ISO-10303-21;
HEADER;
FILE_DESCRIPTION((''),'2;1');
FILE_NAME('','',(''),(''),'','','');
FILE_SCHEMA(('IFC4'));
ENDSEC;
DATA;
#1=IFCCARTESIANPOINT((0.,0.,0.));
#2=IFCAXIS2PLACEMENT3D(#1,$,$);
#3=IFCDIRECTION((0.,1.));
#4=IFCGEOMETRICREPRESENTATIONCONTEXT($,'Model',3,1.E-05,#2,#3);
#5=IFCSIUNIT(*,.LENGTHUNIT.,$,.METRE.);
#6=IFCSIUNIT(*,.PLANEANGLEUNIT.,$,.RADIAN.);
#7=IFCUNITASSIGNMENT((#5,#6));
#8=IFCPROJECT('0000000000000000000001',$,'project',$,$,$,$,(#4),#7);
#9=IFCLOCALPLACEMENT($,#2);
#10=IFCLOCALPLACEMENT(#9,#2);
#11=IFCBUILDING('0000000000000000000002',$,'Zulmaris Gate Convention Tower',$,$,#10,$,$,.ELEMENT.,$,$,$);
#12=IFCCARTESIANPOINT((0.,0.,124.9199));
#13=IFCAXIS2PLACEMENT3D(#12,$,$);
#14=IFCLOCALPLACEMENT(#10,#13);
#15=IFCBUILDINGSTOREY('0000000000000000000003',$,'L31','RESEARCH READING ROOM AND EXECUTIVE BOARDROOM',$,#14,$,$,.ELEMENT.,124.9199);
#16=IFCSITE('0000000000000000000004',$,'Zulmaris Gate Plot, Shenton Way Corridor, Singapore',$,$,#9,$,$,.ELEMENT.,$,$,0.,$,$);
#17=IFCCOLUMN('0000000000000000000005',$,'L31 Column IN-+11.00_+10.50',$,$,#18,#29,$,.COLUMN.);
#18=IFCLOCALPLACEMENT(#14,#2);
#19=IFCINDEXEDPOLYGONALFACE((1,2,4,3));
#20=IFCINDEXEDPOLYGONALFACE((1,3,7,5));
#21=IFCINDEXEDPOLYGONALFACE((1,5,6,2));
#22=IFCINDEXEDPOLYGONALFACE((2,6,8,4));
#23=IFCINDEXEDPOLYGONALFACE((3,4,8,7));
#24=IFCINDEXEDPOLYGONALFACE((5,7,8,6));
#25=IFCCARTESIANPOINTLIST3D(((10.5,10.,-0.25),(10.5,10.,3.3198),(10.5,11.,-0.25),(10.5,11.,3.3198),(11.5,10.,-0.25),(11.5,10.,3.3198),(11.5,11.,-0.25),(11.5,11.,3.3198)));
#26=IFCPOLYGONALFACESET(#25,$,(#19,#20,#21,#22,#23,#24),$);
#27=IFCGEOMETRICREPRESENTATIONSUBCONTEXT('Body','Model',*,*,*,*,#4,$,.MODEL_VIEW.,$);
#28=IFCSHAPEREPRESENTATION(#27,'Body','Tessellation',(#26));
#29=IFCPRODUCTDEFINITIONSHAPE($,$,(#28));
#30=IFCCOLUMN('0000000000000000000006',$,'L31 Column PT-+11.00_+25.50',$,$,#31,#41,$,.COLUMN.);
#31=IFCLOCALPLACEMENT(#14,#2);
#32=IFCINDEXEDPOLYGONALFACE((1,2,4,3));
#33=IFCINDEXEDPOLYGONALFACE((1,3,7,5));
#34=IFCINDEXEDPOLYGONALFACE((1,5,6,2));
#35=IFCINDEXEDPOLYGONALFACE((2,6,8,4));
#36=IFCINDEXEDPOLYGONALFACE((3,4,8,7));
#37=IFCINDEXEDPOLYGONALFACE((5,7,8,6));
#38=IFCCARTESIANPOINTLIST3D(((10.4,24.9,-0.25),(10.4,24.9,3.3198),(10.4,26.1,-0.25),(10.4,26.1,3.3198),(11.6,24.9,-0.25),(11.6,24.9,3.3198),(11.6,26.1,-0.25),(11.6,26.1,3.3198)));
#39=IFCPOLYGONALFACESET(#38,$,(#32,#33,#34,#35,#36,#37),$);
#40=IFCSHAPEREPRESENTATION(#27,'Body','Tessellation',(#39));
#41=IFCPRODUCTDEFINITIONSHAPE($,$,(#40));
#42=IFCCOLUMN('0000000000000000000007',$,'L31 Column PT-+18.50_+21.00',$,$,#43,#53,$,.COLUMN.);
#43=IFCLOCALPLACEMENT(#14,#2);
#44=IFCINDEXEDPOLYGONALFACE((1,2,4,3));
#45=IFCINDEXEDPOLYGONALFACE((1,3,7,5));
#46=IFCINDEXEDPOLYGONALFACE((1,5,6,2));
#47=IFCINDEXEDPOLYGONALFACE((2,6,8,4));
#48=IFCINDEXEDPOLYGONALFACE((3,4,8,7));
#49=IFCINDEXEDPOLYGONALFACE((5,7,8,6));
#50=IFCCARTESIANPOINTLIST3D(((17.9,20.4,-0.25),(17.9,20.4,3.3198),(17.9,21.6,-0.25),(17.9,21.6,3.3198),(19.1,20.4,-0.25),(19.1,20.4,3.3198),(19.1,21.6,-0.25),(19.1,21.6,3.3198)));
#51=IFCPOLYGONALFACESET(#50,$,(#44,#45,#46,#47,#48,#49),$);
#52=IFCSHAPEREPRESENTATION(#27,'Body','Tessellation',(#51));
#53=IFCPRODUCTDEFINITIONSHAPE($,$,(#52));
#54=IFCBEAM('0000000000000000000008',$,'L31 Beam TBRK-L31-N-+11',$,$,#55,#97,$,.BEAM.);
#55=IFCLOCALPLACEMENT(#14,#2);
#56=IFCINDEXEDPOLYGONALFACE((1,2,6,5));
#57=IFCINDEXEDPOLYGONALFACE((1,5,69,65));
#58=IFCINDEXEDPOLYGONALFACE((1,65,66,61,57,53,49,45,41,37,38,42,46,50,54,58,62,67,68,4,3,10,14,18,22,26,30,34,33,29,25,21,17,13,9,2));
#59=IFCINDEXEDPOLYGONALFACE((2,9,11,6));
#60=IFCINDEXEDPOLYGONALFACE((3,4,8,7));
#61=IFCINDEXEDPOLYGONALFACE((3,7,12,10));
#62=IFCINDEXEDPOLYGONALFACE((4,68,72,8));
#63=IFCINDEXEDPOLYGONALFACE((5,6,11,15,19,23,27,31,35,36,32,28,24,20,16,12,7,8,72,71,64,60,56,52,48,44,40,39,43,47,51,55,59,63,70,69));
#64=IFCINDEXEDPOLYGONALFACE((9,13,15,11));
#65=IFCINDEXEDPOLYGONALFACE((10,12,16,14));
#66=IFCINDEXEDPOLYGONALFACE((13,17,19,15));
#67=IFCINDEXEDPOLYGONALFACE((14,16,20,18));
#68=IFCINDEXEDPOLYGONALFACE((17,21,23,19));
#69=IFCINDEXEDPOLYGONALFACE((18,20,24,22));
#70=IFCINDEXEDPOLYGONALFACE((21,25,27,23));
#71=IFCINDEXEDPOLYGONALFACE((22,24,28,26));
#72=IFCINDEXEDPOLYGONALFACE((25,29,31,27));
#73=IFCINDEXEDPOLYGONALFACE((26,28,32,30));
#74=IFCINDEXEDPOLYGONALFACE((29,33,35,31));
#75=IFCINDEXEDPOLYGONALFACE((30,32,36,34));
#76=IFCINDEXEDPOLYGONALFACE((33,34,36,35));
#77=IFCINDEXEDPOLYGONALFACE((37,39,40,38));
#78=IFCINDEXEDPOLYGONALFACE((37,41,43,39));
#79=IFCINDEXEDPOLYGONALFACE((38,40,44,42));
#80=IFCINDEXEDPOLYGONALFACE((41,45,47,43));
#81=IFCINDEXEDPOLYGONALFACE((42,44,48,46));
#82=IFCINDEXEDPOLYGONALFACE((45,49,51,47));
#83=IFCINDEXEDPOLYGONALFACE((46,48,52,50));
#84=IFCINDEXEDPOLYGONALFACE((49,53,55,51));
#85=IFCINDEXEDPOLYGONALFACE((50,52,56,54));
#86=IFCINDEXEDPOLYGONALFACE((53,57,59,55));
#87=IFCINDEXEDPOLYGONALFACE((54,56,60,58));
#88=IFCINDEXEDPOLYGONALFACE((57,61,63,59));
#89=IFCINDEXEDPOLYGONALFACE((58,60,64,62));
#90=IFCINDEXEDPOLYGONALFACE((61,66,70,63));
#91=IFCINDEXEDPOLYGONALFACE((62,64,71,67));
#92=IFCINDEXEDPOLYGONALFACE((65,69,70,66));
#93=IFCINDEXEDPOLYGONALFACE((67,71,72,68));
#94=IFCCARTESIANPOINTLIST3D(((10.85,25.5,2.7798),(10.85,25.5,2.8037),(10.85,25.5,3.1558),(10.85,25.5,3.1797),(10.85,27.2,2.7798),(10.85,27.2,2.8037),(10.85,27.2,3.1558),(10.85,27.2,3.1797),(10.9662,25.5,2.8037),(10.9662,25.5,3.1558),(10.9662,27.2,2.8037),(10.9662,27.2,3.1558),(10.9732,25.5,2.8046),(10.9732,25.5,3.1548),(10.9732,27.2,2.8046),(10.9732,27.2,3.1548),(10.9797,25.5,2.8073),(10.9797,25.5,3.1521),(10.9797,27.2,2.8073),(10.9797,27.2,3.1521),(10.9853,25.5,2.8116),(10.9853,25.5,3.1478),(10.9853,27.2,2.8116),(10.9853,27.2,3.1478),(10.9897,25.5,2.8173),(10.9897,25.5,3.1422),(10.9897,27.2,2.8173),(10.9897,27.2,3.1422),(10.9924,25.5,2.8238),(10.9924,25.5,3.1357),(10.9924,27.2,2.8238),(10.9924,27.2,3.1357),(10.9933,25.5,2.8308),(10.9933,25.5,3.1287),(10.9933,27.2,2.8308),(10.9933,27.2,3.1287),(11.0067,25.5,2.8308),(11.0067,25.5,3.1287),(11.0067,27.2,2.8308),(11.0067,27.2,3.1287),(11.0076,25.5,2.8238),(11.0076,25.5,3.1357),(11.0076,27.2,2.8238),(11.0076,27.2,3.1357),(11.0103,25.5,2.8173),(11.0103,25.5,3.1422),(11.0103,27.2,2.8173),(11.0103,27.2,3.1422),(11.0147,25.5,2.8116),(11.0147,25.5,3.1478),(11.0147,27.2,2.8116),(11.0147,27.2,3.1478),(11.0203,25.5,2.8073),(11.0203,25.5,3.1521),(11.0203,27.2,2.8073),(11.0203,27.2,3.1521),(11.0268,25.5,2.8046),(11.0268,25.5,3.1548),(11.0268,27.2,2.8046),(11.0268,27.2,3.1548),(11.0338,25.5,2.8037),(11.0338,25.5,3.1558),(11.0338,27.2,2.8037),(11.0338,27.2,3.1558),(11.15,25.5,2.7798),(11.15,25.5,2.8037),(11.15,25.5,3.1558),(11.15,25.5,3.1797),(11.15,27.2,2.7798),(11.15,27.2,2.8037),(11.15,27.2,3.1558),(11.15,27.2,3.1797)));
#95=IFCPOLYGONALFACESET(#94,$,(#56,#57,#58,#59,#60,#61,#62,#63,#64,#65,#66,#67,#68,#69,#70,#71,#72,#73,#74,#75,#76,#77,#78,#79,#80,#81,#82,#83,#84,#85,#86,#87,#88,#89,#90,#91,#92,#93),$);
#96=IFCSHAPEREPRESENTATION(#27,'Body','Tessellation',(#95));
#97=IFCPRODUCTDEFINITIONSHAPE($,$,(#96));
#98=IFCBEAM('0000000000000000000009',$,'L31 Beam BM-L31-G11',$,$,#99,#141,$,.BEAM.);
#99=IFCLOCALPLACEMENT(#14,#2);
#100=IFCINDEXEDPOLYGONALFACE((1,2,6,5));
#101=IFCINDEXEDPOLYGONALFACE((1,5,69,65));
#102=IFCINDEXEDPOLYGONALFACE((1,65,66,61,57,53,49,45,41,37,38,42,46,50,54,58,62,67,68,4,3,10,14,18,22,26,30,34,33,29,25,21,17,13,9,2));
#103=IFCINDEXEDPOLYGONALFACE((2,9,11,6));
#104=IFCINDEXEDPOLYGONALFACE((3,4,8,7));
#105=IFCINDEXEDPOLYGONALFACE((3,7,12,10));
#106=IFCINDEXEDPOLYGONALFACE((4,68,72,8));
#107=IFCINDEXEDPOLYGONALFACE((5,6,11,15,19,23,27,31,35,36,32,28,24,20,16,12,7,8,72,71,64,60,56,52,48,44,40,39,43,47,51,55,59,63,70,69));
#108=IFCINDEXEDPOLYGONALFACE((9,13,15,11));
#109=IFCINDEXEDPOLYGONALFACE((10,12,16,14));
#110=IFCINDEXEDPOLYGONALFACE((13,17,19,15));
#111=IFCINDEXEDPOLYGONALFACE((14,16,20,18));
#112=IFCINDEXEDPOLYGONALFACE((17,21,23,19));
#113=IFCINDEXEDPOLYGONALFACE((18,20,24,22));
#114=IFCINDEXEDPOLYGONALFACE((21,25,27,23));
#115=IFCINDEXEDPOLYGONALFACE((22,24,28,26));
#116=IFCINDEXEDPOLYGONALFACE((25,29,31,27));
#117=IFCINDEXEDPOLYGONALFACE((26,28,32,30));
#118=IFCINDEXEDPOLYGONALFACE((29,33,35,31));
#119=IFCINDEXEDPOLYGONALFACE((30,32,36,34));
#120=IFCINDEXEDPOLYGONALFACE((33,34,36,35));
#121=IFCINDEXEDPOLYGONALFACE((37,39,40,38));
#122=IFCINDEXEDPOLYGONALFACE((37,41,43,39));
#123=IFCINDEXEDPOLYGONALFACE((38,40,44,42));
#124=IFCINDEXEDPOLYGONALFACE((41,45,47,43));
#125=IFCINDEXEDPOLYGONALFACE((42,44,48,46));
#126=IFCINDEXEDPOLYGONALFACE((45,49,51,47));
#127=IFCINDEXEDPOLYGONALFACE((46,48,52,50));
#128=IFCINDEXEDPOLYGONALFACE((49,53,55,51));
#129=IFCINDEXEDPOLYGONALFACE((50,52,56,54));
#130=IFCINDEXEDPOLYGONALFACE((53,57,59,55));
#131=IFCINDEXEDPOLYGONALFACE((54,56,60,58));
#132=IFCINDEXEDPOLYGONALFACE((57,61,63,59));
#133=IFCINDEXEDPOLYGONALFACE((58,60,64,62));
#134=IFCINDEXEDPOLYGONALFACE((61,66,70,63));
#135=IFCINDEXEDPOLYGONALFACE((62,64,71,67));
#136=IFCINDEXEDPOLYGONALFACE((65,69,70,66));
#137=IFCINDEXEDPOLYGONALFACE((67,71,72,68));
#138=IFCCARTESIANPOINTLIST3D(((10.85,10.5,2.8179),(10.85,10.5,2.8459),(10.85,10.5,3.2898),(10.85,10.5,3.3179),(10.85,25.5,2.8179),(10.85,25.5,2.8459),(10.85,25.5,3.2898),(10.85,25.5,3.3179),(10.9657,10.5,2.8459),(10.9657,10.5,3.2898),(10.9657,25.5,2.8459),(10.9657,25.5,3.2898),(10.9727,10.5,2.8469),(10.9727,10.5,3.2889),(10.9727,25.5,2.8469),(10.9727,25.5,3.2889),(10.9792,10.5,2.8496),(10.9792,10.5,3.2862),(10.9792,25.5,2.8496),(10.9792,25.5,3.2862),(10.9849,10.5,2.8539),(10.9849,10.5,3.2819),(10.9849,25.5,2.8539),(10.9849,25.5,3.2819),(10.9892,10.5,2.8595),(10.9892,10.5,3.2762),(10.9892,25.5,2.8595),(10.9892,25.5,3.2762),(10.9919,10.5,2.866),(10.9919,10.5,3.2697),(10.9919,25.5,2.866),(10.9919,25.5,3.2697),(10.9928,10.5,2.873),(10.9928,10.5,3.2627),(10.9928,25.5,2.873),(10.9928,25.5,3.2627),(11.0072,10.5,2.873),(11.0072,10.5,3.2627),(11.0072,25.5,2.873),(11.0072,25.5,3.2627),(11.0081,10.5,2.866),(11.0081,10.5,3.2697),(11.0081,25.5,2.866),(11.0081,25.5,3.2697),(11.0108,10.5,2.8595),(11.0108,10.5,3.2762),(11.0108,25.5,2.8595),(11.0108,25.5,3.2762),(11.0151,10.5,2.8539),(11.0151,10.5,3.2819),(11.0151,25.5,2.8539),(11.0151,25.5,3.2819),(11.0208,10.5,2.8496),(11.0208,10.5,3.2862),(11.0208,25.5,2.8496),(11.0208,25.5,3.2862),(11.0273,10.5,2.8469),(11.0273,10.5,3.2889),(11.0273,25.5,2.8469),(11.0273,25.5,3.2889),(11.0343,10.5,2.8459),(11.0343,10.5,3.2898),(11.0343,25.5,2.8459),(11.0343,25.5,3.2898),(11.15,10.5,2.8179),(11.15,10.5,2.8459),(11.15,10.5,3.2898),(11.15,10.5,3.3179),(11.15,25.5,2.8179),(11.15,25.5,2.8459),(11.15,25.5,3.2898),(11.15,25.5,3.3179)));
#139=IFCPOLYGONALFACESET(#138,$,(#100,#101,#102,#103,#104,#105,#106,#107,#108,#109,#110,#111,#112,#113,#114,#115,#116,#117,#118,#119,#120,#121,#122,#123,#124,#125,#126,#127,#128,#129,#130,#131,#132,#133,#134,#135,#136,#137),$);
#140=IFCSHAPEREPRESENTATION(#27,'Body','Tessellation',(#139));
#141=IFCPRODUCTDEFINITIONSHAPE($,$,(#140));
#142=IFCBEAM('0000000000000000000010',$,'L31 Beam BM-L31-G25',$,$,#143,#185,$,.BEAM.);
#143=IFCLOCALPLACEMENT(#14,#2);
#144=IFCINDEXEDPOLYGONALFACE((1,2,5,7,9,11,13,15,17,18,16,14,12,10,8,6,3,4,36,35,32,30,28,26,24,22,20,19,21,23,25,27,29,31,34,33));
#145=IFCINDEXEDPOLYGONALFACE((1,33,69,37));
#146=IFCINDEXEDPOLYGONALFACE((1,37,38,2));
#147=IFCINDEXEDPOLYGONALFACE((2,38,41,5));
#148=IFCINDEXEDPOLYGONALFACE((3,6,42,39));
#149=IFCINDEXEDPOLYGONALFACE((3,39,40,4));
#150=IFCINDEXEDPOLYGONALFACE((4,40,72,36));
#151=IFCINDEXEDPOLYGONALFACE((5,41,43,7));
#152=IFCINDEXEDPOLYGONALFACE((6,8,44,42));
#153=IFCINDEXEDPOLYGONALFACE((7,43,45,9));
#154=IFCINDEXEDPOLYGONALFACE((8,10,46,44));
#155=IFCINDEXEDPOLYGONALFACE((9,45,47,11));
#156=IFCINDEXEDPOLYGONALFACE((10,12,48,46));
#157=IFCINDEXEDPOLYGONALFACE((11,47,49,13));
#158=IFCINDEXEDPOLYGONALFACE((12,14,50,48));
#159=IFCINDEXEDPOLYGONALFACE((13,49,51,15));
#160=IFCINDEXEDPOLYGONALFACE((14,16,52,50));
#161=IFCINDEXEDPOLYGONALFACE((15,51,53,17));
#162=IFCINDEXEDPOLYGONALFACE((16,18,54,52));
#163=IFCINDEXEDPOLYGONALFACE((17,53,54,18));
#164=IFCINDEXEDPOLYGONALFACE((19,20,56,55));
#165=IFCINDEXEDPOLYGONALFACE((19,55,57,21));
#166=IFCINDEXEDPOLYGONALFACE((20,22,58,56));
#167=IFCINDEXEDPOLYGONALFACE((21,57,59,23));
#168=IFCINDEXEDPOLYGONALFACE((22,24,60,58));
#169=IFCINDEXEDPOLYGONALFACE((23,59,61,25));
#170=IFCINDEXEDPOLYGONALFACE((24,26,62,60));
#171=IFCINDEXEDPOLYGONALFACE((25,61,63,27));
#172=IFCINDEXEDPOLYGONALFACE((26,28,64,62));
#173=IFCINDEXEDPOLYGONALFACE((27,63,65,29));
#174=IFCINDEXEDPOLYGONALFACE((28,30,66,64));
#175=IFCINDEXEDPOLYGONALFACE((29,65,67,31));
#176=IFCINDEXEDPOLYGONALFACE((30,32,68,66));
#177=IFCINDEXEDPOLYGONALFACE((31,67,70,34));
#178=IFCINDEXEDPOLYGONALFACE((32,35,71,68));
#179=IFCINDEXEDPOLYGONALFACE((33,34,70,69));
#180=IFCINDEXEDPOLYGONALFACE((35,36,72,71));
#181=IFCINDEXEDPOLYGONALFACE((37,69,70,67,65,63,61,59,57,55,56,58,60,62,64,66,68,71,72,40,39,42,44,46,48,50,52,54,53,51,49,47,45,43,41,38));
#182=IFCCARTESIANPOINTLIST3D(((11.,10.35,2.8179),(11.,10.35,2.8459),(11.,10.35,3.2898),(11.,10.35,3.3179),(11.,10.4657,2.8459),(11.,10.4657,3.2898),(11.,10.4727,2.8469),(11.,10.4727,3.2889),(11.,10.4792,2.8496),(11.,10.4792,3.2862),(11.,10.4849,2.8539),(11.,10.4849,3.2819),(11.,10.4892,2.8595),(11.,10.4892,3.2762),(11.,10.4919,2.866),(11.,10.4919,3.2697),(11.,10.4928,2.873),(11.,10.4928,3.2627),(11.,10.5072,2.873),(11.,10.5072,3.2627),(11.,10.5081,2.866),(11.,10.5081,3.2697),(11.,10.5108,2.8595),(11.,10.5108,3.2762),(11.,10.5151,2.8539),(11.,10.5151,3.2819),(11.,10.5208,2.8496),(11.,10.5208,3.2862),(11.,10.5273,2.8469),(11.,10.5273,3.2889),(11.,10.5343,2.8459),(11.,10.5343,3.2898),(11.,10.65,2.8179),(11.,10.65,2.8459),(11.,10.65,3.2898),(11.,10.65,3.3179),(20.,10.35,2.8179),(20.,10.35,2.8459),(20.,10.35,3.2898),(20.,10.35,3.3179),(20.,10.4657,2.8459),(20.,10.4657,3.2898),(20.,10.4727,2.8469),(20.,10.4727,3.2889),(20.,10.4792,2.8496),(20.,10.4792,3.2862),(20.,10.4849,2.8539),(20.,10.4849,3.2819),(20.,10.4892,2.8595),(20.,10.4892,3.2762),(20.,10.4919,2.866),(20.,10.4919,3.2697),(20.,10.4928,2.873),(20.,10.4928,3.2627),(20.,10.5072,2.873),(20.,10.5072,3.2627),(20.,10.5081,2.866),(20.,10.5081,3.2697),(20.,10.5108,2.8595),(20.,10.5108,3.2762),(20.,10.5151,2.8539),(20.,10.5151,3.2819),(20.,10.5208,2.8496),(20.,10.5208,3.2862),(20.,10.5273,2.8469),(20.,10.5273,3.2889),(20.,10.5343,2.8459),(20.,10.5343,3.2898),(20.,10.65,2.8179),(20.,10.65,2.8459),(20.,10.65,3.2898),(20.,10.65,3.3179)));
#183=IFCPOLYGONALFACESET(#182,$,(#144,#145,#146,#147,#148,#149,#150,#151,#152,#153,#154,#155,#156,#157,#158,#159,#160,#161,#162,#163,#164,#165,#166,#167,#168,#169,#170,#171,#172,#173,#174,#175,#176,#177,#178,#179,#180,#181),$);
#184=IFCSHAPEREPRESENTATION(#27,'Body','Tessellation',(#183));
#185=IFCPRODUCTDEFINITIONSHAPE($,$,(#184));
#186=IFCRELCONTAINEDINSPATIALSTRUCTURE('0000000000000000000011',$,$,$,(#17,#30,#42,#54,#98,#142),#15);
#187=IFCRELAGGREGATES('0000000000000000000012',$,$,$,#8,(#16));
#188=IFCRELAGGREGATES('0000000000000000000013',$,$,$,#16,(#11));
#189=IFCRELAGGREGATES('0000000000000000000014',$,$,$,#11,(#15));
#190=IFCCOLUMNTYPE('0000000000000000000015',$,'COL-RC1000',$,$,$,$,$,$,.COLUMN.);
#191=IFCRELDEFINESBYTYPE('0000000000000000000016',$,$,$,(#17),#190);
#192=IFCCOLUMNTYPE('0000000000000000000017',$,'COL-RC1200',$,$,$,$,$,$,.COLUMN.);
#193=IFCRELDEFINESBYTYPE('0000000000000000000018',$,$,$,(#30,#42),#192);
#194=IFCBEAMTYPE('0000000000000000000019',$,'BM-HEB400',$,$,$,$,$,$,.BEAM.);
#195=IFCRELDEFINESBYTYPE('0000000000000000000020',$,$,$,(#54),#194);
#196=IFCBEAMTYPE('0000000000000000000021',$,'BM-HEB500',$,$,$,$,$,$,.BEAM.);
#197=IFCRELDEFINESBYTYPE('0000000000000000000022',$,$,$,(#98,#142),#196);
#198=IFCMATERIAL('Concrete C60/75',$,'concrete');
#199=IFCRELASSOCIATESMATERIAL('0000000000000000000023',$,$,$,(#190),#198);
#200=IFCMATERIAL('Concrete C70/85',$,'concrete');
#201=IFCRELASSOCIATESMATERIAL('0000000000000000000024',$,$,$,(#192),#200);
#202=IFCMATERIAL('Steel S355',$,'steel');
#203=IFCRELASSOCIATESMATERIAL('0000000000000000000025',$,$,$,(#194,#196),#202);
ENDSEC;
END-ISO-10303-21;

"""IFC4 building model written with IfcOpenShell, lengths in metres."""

from ifc_helpers import new_model, si_unit, direction, frame, origin, origin_2d, place, context, subcontext, project, spatial, rectangle, i_section, extrude, material, material_profile, profile_set, type_object, element, save


model = new_model("IFC4")

# Units and contexts
model_context = context("Model", 3, precision=1e-05, world=origin(), true_north=direction((0.0, 1.0)))
body_context = subcontext(model_context, "Body", "Model", "MODEL_VIEW")
ifc_project = project(units=[si_unit("LENGTHUNIT", "METRE"), si_unit("PLANEANGLEUNIT", "RADIAN")], contexts=[model_context])

# Site, building, storey
site_placement = place(None, origin())
site = spatial("IfcSite", under=ifc_project, at=site_placement, Name="Zulmaris Gate Plot, Shenton Way Corridor, Singapore", CompositionType="ELEMENT", RefElevation=0.0)
building_placement = place(site_placement, origin())
building = spatial("IfcBuilding", under=site, at=building_placement, Name="Zulmaris Gate Convention Tower", CompositionType="ELEMENT")
storey_placement = place(building_placement, frame((0.0, 0.0, 124.9199)))
storey = spatial("IfcBuildingStorey", under=building, at=storey_placement, Name="L31", Description="RESEARCH READING ROOM AND EXECUTIVE BOARDROOM", CompositionType="ELEMENT", Elevation=124.9199)

# Columns
ifc_material_1 = material(Name="Concrete C60/75", Category="concrete")
ifc_material_profile_1 = material_profile(ifc_material_1, rectangle(XDim=1.0, YDim=1.0, at=origin_2d()), Name="RC COL 1000x1000")
ifc_profile_set_1 = profile_set([ifc_material_profile_1], Name="Concrete C60/75")
column_type_1 = type_object("IfcColumnType", Name="COL-RC1000", PredefinedType="COLUMN", material=ifc_profile_set_1)
column_placement = place(storey_placement, frame((11.0, 10.5, -0.25), z_axis=(0.0, 0.0, 1.0), x_axis=(1.0, 0.0, 0.0)))
element("IfcColumn", 1, at=column_placement, inside=storey, type_object=column_type_1, Name="L31 Column IN-+11.00_+10.50", PredefinedType="COLUMN", context=body_context, shape_type="SweptSolid", body=[
    extrude(rectangle(XDim=1.0, YDim=1.0, at=origin_2d()), origin(), (0.0, 0.0, 1.0), 3.5698),
])
ifc_material_2 = material(Name="Concrete C70/85", Category="concrete")
ifc_material_profile_2 = material_profile(ifc_material_2, rectangle(XDim=1.2, YDim=1.2, at=origin_2d()), Name="RC COL 1200x1200")
ifc_profile_set_2 = profile_set([ifc_material_profile_2], Name="Concrete C70/85")
column_type_2 = type_object("IfcColumnType", Name="COL-RC1200", PredefinedType="COLUMN", material=ifc_profile_set_2)
for number, where, z_axis, x_axis, name in (
    (2, (11.0, 25.5, -0.25), (0.0, 0.0, 1.0), (1.0, 0.0, 0.0), "L31 Column PT-+11.00_+25.50"),
    (3, (18.5, 21.0, -0.25), (0.0, 0.0, 1.0), (1.0, 0.0, 0.0), "L31 Column PT-+18.50_+21.00"),
):
    element("IfcColumn", number, at=place(storey_placement, frame(where, z_axis=z_axis, x_axis=x_axis)), inside=storey, type_object=column_type_2, Name=name, PredefinedType="COLUMN", context=body_context, shape_type="SweptSolid", body=[
        extrude(rectangle(XDim=1.2, YDim=1.2, at=origin_2d()), origin(), (0.0, 0.0, 1.0), 3.5698),
    ])

# Beams
ifc_material_3 = material(Name="Steel S355", Category="steel")
ifc_material_profile_3 = material_profile(ifc_material_3, i_section(OverallWidth=0.3, OverallDepth=0.3999, WebThickness=0.0134, FlangeThickness=0.0239, FilletRadius=0.0271, at=origin_2d()), Name="HEB 400")
ifc_profile_set_3 = profile_set([ifc_material_profile_3], Name="Steel S355")
beam_type_1 = type_object("IfcBeamType", Name="BM-HEB400", PredefinedType="BEAM", material=ifc_profile_set_3)
beam_1_placement = place(storey_placement, frame((11.0, 25.5, 2.9797), z_axis=(0.0, 1.0, 0.0), x_axis=(-1.0, 0.0, 0.0)))
element("IfcBeam", 4, at=beam_1_placement, inside=storey, type_object=beam_type_1, Name="L31 Beam TBRK-L31-N-+11", PredefinedType="BEAM", context=body_context, shape_type="SweptSolid", body=[
    extrude(i_section(OverallWidth=0.3, OverallDepth=0.3999, WebThickness=0.0134, FlangeThickness=0.0239, FilletRadius=0.0271, at=origin_2d()), origin(), (0.0, 0.0, 1.0), 1.7),
])
ifc_material_profile_4 = material_profile(ifc_material_3, i_section(OverallWidth=0.3, OverallDepth=0.5, WebThickness=0.0144, FlangeThickness=0.0281, FilletRadius=0.0271, at=origin_2d()), Name="HEB 500")
ifc_profile_set_4 = profile_set([ifc_material_profile_4], Name="Steel S355")
beam_type_2 = type_object("IfcBeamType", Name="BM-HEB500", PredefinedType="BEAM", material=ifc_profile_set_4)
beam_2_placement = place(storey_placement, frame((11.0, 10.5, 3.0679), z_axis=(0.0, 1.0, 0.0), x_axis=(-1.0, 0.0, 0.0)))
element("IfcBeam", 5, at=beam_2_placement, inside=storey, type_object=beam_type_2, Name="L31 Beam BM-L31-G11", PredefinedType="BEAM", context=body_context, shape_type="SweptSolid", body=[
    extrude(i_section(OverallWidth=0.3, OverallDepth=0.5, WebThickness=0.0144, FlangeThickness=0.0281, FilletRadius=0.0271, at=origin_2d()), origin(), (0.0, 0.0, 1.0), 15.0),
])
beam_3_placement = place(storey_placement, frame((11.0, 10.5, 3.0679), z_axis=(1.0, 0.0, 0.0), x_axis=(0.0, 1.0, 0.0)))
element("IfcBeam", 6, at=beam_3_placement, inside=storey, type_object=beam_type_2, Name="L31 Beam BM-L31-G25", PredefinedType="BEAM", context=body_context, shape_type="SweptSolid", body=[
    extrude(i_section(OverallWidth=0.3, OverallDepth=0.5, WebThickness=0.0144, FlangeThickness=0.0281, FilletRadius=0.0271, at=origin_2d()), origin(), (0.0, 0.0, 1.0), 9.0),
])

save(model, "model.ifc")
